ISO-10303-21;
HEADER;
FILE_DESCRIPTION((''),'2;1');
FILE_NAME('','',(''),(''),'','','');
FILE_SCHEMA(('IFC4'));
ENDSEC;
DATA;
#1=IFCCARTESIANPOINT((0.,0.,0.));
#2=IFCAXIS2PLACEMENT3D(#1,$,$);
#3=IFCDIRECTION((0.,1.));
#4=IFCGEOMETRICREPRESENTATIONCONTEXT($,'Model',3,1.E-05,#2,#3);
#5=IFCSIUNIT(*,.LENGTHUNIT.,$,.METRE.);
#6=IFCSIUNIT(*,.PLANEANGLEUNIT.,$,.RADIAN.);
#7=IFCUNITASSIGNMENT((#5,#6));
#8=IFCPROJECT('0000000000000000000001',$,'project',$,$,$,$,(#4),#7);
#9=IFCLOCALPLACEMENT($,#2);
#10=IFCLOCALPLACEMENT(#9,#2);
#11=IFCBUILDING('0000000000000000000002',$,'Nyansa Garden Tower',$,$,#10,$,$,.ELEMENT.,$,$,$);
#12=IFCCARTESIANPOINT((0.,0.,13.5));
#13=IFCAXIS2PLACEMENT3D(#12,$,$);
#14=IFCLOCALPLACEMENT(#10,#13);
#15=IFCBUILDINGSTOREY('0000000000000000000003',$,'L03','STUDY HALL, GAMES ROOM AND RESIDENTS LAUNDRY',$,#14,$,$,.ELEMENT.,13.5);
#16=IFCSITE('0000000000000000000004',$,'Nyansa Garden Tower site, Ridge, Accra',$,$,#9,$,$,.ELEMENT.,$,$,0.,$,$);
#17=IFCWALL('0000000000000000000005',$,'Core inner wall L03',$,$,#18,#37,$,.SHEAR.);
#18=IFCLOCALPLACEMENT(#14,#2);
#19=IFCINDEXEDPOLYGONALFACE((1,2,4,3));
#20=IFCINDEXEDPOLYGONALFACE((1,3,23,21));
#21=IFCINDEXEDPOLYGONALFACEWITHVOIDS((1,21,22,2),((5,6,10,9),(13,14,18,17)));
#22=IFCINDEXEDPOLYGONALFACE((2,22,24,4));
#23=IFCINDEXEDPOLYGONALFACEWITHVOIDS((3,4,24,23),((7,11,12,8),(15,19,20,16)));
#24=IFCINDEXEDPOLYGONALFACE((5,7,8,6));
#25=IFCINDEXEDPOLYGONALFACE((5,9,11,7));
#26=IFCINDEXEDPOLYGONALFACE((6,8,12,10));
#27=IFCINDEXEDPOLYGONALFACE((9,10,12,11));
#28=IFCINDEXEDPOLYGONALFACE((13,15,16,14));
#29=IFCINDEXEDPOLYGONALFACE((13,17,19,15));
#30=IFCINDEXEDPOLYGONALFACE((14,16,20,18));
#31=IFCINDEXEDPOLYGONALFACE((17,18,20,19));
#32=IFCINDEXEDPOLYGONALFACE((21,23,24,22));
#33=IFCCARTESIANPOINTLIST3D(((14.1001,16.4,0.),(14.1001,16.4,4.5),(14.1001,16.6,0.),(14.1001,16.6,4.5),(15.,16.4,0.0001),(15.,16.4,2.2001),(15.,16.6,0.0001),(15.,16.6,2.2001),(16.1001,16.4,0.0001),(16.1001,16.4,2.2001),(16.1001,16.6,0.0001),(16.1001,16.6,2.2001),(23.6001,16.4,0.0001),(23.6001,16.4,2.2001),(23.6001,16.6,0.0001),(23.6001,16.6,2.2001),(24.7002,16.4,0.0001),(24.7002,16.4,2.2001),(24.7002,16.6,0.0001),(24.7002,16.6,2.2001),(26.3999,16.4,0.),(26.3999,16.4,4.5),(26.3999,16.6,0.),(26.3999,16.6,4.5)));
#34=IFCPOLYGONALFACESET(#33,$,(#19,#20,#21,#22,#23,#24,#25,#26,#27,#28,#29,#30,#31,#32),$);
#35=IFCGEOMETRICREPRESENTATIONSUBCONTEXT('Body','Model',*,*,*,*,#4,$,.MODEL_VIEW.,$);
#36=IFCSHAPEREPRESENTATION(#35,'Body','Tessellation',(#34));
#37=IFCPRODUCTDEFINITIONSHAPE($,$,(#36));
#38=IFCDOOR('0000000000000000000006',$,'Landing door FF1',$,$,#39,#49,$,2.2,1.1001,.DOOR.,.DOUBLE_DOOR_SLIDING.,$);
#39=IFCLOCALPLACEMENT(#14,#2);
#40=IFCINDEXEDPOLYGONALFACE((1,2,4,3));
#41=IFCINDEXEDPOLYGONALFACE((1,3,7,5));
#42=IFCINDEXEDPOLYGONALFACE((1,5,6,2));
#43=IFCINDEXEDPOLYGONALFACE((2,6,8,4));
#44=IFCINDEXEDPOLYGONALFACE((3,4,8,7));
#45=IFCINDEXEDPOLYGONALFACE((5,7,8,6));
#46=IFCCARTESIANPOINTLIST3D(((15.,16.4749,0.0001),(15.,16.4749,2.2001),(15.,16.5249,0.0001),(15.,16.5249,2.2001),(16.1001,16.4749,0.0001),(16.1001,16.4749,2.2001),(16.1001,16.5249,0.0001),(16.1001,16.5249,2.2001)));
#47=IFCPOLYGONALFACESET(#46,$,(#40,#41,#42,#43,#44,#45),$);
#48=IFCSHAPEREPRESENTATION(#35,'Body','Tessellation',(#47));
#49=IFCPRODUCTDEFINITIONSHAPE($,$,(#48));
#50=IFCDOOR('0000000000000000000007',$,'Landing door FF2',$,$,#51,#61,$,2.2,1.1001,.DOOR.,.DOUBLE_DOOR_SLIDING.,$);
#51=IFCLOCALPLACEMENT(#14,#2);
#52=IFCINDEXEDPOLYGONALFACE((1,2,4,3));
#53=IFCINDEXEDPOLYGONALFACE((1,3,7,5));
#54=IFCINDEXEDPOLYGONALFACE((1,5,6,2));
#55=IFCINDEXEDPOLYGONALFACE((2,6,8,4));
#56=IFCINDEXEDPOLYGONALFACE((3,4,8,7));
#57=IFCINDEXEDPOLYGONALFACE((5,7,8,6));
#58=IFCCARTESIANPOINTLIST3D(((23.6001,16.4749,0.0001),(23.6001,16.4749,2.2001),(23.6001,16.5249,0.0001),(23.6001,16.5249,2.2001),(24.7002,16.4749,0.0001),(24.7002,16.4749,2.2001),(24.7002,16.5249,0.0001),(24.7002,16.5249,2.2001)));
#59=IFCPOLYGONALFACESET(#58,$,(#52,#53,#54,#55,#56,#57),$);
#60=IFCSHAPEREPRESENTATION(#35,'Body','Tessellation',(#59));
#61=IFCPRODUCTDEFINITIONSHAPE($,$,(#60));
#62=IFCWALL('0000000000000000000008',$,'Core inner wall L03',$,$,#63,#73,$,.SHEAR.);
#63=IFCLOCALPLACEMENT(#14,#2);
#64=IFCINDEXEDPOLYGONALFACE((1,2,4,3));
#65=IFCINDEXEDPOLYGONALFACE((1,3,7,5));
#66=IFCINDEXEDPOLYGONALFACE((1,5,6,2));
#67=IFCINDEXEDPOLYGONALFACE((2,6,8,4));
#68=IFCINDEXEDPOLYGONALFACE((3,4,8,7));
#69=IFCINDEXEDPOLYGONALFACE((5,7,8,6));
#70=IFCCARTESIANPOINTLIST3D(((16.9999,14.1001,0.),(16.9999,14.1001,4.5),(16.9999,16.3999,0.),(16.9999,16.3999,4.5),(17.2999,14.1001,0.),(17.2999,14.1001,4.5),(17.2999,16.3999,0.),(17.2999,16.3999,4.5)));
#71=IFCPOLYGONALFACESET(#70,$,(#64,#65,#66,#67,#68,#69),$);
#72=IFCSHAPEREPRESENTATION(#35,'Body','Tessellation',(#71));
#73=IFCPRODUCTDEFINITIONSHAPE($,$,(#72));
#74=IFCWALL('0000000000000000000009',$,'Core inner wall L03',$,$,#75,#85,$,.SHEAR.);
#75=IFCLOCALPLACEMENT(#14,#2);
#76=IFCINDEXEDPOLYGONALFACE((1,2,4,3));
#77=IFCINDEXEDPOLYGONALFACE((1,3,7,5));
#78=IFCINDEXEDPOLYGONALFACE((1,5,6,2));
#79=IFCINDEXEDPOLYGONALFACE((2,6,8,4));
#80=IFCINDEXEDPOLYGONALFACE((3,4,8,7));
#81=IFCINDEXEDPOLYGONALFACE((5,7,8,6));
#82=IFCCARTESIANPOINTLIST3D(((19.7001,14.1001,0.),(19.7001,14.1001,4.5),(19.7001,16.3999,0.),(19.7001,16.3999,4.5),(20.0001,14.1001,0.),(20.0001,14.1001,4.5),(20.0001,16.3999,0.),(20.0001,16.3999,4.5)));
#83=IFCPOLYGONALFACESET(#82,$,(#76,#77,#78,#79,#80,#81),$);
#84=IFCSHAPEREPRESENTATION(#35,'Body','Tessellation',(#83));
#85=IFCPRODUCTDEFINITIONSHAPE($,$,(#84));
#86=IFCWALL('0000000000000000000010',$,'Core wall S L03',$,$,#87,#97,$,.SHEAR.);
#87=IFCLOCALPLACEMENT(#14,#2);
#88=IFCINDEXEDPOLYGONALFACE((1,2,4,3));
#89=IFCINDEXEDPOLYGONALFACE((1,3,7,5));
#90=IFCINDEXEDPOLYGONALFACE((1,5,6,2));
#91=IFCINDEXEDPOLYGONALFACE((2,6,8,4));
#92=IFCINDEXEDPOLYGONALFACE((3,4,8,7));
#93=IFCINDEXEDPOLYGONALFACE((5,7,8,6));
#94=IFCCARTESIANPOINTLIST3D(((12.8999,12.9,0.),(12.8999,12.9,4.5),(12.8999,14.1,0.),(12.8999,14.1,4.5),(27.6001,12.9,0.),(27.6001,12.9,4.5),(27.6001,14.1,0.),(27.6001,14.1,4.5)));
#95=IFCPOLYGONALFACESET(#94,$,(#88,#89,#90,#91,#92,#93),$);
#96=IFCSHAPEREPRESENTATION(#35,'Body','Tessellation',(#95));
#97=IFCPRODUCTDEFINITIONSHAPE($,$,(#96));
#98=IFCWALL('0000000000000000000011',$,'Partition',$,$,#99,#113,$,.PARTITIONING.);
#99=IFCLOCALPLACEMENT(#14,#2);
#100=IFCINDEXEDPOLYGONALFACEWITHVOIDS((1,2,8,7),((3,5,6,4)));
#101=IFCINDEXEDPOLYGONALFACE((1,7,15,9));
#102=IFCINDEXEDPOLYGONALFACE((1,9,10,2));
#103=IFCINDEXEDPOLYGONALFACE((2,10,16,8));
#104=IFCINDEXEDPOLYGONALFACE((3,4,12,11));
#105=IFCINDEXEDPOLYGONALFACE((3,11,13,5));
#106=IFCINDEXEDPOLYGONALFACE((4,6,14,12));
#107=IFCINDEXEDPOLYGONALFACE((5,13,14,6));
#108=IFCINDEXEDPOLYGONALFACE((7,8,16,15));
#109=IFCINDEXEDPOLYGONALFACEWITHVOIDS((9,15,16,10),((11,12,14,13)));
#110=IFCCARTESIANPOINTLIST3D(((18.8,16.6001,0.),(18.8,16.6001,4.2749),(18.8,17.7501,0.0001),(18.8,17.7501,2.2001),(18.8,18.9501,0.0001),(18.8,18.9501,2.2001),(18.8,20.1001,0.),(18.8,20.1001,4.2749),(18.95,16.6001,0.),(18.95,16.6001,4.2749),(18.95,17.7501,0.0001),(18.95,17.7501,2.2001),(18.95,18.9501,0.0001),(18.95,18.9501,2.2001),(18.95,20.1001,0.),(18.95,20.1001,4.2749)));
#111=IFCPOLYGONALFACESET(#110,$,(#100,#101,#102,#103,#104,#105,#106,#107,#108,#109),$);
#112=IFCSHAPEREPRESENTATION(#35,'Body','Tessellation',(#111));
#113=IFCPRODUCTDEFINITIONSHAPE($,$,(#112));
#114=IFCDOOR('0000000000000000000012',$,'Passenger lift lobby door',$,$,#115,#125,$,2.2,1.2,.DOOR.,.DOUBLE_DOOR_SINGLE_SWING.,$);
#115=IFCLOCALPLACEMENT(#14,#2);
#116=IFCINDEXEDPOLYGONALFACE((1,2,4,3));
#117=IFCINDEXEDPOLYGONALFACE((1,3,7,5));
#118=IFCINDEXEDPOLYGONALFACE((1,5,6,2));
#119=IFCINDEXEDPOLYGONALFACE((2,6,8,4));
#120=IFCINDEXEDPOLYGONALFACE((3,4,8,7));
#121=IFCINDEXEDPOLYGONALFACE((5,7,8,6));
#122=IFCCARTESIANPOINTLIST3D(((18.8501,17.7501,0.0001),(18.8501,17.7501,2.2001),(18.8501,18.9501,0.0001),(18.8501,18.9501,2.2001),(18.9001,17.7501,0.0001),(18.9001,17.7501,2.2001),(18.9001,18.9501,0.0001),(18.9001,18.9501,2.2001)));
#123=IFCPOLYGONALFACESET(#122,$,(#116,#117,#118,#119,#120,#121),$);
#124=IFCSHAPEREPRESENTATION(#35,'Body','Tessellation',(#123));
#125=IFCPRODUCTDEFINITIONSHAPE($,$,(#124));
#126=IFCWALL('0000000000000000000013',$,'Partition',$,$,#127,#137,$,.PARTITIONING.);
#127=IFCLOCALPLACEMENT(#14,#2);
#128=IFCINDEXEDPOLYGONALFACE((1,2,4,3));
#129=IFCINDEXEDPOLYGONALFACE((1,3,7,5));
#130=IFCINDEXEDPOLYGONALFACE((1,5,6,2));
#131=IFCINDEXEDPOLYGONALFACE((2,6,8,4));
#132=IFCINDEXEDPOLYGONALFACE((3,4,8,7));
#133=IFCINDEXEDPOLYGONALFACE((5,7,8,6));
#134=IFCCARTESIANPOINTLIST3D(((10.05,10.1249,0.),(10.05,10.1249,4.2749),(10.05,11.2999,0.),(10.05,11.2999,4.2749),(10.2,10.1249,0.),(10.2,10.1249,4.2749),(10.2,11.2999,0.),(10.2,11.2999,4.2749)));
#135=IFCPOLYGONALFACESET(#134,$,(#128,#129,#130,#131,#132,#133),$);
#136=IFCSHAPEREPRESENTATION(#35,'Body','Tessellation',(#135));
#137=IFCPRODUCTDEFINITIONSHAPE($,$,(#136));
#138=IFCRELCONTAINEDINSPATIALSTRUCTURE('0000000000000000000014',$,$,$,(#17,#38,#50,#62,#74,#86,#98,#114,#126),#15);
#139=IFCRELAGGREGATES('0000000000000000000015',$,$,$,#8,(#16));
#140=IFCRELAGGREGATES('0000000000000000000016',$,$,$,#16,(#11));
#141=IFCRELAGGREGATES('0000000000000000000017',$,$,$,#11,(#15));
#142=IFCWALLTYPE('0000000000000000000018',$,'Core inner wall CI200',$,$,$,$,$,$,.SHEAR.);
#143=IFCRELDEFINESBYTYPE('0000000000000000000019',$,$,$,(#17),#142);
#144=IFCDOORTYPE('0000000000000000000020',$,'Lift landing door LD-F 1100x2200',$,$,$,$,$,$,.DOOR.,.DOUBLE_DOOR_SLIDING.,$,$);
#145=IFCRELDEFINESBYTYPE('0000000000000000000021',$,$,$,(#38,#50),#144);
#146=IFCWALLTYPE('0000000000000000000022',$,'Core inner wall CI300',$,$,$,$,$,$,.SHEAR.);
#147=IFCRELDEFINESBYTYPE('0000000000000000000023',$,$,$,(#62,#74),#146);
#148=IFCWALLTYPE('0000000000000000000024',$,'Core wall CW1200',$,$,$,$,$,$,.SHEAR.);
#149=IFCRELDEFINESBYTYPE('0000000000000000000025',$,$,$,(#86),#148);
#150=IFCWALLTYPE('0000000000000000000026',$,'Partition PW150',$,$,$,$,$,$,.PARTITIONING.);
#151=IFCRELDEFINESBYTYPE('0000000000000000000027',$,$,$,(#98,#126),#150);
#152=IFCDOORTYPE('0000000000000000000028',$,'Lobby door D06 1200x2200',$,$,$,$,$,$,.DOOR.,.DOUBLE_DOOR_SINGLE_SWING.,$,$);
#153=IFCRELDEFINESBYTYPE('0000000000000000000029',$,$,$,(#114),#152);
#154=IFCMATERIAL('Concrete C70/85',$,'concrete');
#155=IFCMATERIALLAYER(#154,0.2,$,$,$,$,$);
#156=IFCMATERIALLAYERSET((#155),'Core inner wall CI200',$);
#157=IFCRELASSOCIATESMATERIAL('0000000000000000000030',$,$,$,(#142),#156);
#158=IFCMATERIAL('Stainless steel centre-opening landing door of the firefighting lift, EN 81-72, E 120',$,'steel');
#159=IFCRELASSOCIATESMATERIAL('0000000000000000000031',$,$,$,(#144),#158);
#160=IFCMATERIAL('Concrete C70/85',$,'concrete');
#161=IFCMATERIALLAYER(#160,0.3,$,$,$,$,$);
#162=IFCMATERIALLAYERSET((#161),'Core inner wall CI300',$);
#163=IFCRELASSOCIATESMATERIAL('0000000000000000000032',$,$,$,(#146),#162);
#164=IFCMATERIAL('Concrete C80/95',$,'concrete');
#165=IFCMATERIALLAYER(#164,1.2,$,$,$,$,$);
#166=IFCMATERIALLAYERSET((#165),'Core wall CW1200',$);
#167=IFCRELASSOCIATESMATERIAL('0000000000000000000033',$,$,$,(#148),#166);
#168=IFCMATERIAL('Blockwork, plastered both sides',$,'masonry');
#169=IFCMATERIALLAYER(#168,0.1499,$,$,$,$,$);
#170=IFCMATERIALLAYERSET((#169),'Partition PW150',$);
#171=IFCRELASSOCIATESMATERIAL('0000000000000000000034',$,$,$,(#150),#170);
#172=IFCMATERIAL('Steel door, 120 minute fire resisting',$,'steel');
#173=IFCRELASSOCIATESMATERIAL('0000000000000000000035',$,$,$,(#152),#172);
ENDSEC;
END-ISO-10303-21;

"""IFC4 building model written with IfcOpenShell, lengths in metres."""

from ifc_helpers import new_model, si_unit, direction, frame, frame_2d, origin, place, context, subcontext, project, spatial, rectangle, extrude, material, layer, layer_set, type_object, element, fill, save


model = new_model("IFC4")

# Units and contexts
model_context = context("Model", 3, precision=1e-05, world=origin(), true_north=direction((0.0, 1.0)))
body_context = subcontext(model_context, "Body", "Model", "MODEL_VIEW")
ifc_project = project(units=[si_unit("LENGTHUNIT", "METRE"), si_unit("PLANEANGLEUNIT", "RADIAN")], contexts=[model_context])

# Site, building, storey
site_placement = place(None, origin())
site = spatial("IfcSite", under=ifc_project, at=site_placement, Name="Nyansa Garden Tower site, Ridge, Accra", CompositionType="ELEMENT", RefElevation=0.0)
building_placement = place(site_placement, origin())
building = spatial("IfcBuilding", under=site, at=building_placement, Name="Nyansa Garden Tower", CompositionType="ELEMENT")
storey_placement = place(building_placement, frame((0.0, 0.0, 13.5)))
storey = spatial("IfcBuildingStorey", under=building, at=storey_placement, Name="L03", Description="STUDY HALL, GAMES ROOM AND RESIDENTS LAUNDRY", CompositionType="ELEMENT", Elevation=13.5)

# Wall, openings, doors
ifc_material_1 = material(Name="Concrete C70/85", Category="concrete")
ifc_layer_1 = layer(ifc_material_1, 0.2)
ifc_layer_set_1 = layer_set([ifc_layer_1], Name="Core inner wall CI200")
wall_type_1 = type_object("IfcWallType", Name="Core inner wall CI200", PredefinedType="SHEAR", material=ifc_layer_set_1)
wall_1_placement = place(storey_placement, frame((14.1001, 16.5, 0.0), z_axis=(0.0, 0.0, 1.0), x_axis=(1.0, 0.0, 0.0)))
wall_1 = element("IfcWall", 1, at=wall_1_placement, inside=storey, type_object=wall_type_1, Name="Core inner wall L03", PredefinedType="SHEAR", context=body_context, shape_type="SweptSolid", body=[
    extrude(rectangle(XDim=12.2998, YDim=0.2, at=frame_2d((6.1499, 0.0))), origin(), (0.0, 0.0, 1.0), 4.5),
])
opening_1_placement = place(wall_1_placement, frame((0.8999, 0.0, 0.0)))
opening_1 = element("IfcOpeningElement", 2, at=opening_1_placement, cuts=wall_1, PredefinedType="OPENING", context=body_context, shape_type="SweptSolid", body=[
    extrude(rectangle(XDim=1.1001, YDim=2.2, at=frame_2d((0.55, 1.1001))), frame((0.0, 0.1099, 0.0), z_axis=(0.0, -1.0, 0.0), x_axis=(1.0, 0.0, 0.0)), (0.0, 0.0, 1.0), 0.22),
])
opening_2_placement = place(wall_1_placement, frame((9.5, 0.0, 0.0)))
opening_2 = element("IfcOpeningElement", 3, at=opening_2_placement, cuts=wall_1, PredefinedType="OPENING", context=body_context, shape_type="SweptSolid", body=[
    extrude(rectangle(XDim=1.1001, YDim=2.2, at=frame_2d((0.55, 1.1001))), frame((0.0, 0.1099, 0.0), z_axis=(0.0, -1.0, 0.0), x_axis=(1.0, 0.0, 0.0)), (0.0, 0.0, 1.0), 0.22),
])
ifc_material_2 = material(Name="Stainless steel centre-opening landing door of the firefighting lift, EN 81-72, E 120", Category="steel")
door_type_1 = type_object("IfcDoorType", Name="Lift landing door LD-F 1100x2200", OperationType="DOUBLE_DOOR_SLIDING", PredefinedType="DOOR", material=ifc_material_2)
door_1_placement = place(opening_1_placement, origin())
door_1 = element("IfcDoor", 4, at=door_1_placement, inside=storey, type_object=door_type_1, Name="Landing door FF1", OperationType="DOUBLE_DOOR_SLIDING", OverallHeight=2.2, OverallWidth=1.1001, PredefinedType="DOOR", context=body_context, shape_type="SweptSolid", body=[
    extrude(rectangle(XDim=1.1001, YDim=2.2, at=frame_2d((0.55, 1.1001))), frame((0.0, 0.0249, 0.0), z_axis=(0.0, -1.0, 0.0), x_axis=(1.0, 0.0, 0.0)), (0.0, 0.0, 1.0), 0.05),
])
fill(opening_1, door_1)
door_2_placement = place(opening_2_placement, origin())
door_2 = element("IfcDoor", 5, at=door_2_placement, inside=storey, type_object=door_type_1, Name="Landing door FF2", OperationType="DOUBLE_DOOR_SLIDING", OverallHeight=2.2, OverallWidth=1.1001, PredefinedType="DOOR", context=body_context, shape_type="SweptSolid", body=[
    extrude(rectangle(XDim=1.1001, YDim=2.2, at=frame_2d((0.55, 1.1001))), frame((0.0, 0.0249, 0.0), z_axis=(0.0, -1.0, 0.0), x_axis=(1.0, 0.0, 0.0)), (0.0, 0.0, 1.0), 0.05),
])
fill(opening_2, door_2)

# Walls
ifc_material_3 = material(Name="Concrete C70/85", Category="concrete")
ifc_layer_2 = layer(ifc_material_3, 0.3)
ifc_layer_set_2 = layer_set([ifc_layer_2], Name="Core inner wall CI300")
wall_type_2 = type_object("IfcWallType", Name="Core inner wall CI300", PredefinedType="SHEAR", material=ifc_layer_set_2)
for number, where, z_axis, x_axis, name in (
    (6, (17.1499, 14.1001, 0.0), (0.0, 0.0, 1.0), (0.0, 1.0, 0.0), "Core inner wall L03"),
    (7, (19.8501, 14.1001, 0.0), (0.0, 0.0, 1.0), (0.0, 1.0, 0.0), "Core inner wall L03"),
):
    element("IfcWall", number, at=place(storey_placement, frame(where, z_axis=z_axis, x_axis=x_axis)), inside=storey, type_object=wall_type_2, Name=name, PredefinedType="SHEAR", context=body_context, shape_type="SweptSolid", body=[
        extrude(rectangle(XDim=2.2998, YDim=0.3, at=frame_2d((1.1499, 0.0))), origin(), (0.0, 0.0, 1.0), 4.5),
    ])
ifc_material_4 = material(Name="Concrete C80/95", Category="concrete")
ifc_layer_3 = layer(ifc_material_4, 1.2)
ifc_layer_set_3 = layer_set([ifc_layer_3], Name="Core wall CW1200")
wall_type_3 = type_object("IfcWallType", Name="Core wall CW1200", PredefinedType="SHEAR", material=ifc_layer_set_3)
wall_2_placement = place(storey_placement, frame((12.8999, 13.5, 0.0), z_axis=(0.0, 0.0, 1.0), x_axis=(1.0, 0.0, 0.0)))
element("IfcWall", 8, at=wall_2_placement, inside=storey, type_object=wall_type_3, Name="Core wall S L03", PredefinedType="SHEAR", context=body_context, shape_type="SweptSolid", body=[
    extrude(rectangle(XDim=14.7002, YDim=1.2, at=frame_2d((7.3501, 0.0))), origin(), (0.0, 0.0, 1.0), 4.5),
])

# Wall, opening, door
ifc_material_5 = material(Name="Blockwork, plastered both sides", Category="masonry")
ifc_layer_4 = layer(ifc_material_5, 0.1499)
ifc_layer_set_4 = layer_set([ifc_layer_4], Name="Partition PW150")
wall_type_4 = type_object("IfcWallType", Name="Partition PW150", PredefinedType="PARTITIONING", material=ifc_layer_set_4)
wall_3_placement = place(storey_placement, frame((18.875, 16.6001, 0.0), z_axis=(0.0, 0.0, 1.0), x_axis=(0.0, 1.0, 0.0)))
wall_3 = element("IfcWall", 9, at=wall_3_placement, inside=storey, type_object=wall_type_4, Name="Partition", PredefinedType="PARTITIONING", context=body_context, shape_type="SweptSolid", body=[
    extrude(rectangle(XDim=3.5, YDim=0.1499, at=frame_2d((1.75, 0.0))), origin(), (0.0, 0.0, 1.0), 4.2749),
])
opening_3_placement = place(wall_3_placement, frame((1.1499, 0.0, 0.0)))
opening_3 = element("IfcOpeningElement", 10, at=opening_3_placement, cuts=wall_3, PredefinedType="OPENING", context=body_context, shape_type="SweptSolid", body=[
    extrude(rectangle(XDim=1.2, YDim=2.2, at=frame_2d((0.6001, 1.1001))), frame((0.0, 0.085, 0.0), z_axis=(0.0, -1.0, 0.0), x_axis=(1.0, 0.0, 0.0)), (0.0, 0.0, 1.0), 0.1699),
])
ifc_material_6 = material(Name="Steel door, 120 minute fire resisting", Category="steel")
door_type_2 = type_object("IfcDoorType", Name="Lobby door D06 1200x2200", OperationType="DOUBLE_DOOR_SINGLE_SWING", PredefinedType="DOOR", material=ifc_material_6)
door_3_placement = place(opening_3_placement, origin())
door_3 = element("IfcDoor", 11, at=door_3_placement, inside=storey, type_object=door_type_2, Name="Passenger lift lobby door", OperationType="DOUBLE_DOOR_SINGLE_SWING", OverallHeight=2.2, OverallWidth=1.2, PredefinedType="DOOR", context=body_context, shape_type="SweptSolid", body=[
    extrude(rectangle(XDim=1.2, YDim=2.2, at=frame_2d((0.6001, 1.1001))), frame((0.0, 0.0249, 0.0), z_axis=(0.0, -1.0, 0.0), x_axis=(1.0, 0.0, 0.0)), (0.0, 0.0, 1.0), 0.05),
])
fill(opening_3, door_3)

# Wall
wall_4_placement = place(storey_placement, frame((10.125, 10.125, 0.0), z_axis=(0.0, 0.0, 1.0), x_axis=(0.0, 1.0, 0.0)))
element("IfcWall", 12, at=wall_4_placement, inside=storey, type_object=wall_type_4, Name="Partition", PredefinedType="PARTITIONING", context=body_context, shape_type="SweptSolid", body=[
    extrude(rectangle(XDim=1.175, YDim=0.1499, at=frame_2d((0.5874, 0.0))), origin(), (0.0, 0.0, 1.0), 4.2749),
])

save(model, "model.ifc")
